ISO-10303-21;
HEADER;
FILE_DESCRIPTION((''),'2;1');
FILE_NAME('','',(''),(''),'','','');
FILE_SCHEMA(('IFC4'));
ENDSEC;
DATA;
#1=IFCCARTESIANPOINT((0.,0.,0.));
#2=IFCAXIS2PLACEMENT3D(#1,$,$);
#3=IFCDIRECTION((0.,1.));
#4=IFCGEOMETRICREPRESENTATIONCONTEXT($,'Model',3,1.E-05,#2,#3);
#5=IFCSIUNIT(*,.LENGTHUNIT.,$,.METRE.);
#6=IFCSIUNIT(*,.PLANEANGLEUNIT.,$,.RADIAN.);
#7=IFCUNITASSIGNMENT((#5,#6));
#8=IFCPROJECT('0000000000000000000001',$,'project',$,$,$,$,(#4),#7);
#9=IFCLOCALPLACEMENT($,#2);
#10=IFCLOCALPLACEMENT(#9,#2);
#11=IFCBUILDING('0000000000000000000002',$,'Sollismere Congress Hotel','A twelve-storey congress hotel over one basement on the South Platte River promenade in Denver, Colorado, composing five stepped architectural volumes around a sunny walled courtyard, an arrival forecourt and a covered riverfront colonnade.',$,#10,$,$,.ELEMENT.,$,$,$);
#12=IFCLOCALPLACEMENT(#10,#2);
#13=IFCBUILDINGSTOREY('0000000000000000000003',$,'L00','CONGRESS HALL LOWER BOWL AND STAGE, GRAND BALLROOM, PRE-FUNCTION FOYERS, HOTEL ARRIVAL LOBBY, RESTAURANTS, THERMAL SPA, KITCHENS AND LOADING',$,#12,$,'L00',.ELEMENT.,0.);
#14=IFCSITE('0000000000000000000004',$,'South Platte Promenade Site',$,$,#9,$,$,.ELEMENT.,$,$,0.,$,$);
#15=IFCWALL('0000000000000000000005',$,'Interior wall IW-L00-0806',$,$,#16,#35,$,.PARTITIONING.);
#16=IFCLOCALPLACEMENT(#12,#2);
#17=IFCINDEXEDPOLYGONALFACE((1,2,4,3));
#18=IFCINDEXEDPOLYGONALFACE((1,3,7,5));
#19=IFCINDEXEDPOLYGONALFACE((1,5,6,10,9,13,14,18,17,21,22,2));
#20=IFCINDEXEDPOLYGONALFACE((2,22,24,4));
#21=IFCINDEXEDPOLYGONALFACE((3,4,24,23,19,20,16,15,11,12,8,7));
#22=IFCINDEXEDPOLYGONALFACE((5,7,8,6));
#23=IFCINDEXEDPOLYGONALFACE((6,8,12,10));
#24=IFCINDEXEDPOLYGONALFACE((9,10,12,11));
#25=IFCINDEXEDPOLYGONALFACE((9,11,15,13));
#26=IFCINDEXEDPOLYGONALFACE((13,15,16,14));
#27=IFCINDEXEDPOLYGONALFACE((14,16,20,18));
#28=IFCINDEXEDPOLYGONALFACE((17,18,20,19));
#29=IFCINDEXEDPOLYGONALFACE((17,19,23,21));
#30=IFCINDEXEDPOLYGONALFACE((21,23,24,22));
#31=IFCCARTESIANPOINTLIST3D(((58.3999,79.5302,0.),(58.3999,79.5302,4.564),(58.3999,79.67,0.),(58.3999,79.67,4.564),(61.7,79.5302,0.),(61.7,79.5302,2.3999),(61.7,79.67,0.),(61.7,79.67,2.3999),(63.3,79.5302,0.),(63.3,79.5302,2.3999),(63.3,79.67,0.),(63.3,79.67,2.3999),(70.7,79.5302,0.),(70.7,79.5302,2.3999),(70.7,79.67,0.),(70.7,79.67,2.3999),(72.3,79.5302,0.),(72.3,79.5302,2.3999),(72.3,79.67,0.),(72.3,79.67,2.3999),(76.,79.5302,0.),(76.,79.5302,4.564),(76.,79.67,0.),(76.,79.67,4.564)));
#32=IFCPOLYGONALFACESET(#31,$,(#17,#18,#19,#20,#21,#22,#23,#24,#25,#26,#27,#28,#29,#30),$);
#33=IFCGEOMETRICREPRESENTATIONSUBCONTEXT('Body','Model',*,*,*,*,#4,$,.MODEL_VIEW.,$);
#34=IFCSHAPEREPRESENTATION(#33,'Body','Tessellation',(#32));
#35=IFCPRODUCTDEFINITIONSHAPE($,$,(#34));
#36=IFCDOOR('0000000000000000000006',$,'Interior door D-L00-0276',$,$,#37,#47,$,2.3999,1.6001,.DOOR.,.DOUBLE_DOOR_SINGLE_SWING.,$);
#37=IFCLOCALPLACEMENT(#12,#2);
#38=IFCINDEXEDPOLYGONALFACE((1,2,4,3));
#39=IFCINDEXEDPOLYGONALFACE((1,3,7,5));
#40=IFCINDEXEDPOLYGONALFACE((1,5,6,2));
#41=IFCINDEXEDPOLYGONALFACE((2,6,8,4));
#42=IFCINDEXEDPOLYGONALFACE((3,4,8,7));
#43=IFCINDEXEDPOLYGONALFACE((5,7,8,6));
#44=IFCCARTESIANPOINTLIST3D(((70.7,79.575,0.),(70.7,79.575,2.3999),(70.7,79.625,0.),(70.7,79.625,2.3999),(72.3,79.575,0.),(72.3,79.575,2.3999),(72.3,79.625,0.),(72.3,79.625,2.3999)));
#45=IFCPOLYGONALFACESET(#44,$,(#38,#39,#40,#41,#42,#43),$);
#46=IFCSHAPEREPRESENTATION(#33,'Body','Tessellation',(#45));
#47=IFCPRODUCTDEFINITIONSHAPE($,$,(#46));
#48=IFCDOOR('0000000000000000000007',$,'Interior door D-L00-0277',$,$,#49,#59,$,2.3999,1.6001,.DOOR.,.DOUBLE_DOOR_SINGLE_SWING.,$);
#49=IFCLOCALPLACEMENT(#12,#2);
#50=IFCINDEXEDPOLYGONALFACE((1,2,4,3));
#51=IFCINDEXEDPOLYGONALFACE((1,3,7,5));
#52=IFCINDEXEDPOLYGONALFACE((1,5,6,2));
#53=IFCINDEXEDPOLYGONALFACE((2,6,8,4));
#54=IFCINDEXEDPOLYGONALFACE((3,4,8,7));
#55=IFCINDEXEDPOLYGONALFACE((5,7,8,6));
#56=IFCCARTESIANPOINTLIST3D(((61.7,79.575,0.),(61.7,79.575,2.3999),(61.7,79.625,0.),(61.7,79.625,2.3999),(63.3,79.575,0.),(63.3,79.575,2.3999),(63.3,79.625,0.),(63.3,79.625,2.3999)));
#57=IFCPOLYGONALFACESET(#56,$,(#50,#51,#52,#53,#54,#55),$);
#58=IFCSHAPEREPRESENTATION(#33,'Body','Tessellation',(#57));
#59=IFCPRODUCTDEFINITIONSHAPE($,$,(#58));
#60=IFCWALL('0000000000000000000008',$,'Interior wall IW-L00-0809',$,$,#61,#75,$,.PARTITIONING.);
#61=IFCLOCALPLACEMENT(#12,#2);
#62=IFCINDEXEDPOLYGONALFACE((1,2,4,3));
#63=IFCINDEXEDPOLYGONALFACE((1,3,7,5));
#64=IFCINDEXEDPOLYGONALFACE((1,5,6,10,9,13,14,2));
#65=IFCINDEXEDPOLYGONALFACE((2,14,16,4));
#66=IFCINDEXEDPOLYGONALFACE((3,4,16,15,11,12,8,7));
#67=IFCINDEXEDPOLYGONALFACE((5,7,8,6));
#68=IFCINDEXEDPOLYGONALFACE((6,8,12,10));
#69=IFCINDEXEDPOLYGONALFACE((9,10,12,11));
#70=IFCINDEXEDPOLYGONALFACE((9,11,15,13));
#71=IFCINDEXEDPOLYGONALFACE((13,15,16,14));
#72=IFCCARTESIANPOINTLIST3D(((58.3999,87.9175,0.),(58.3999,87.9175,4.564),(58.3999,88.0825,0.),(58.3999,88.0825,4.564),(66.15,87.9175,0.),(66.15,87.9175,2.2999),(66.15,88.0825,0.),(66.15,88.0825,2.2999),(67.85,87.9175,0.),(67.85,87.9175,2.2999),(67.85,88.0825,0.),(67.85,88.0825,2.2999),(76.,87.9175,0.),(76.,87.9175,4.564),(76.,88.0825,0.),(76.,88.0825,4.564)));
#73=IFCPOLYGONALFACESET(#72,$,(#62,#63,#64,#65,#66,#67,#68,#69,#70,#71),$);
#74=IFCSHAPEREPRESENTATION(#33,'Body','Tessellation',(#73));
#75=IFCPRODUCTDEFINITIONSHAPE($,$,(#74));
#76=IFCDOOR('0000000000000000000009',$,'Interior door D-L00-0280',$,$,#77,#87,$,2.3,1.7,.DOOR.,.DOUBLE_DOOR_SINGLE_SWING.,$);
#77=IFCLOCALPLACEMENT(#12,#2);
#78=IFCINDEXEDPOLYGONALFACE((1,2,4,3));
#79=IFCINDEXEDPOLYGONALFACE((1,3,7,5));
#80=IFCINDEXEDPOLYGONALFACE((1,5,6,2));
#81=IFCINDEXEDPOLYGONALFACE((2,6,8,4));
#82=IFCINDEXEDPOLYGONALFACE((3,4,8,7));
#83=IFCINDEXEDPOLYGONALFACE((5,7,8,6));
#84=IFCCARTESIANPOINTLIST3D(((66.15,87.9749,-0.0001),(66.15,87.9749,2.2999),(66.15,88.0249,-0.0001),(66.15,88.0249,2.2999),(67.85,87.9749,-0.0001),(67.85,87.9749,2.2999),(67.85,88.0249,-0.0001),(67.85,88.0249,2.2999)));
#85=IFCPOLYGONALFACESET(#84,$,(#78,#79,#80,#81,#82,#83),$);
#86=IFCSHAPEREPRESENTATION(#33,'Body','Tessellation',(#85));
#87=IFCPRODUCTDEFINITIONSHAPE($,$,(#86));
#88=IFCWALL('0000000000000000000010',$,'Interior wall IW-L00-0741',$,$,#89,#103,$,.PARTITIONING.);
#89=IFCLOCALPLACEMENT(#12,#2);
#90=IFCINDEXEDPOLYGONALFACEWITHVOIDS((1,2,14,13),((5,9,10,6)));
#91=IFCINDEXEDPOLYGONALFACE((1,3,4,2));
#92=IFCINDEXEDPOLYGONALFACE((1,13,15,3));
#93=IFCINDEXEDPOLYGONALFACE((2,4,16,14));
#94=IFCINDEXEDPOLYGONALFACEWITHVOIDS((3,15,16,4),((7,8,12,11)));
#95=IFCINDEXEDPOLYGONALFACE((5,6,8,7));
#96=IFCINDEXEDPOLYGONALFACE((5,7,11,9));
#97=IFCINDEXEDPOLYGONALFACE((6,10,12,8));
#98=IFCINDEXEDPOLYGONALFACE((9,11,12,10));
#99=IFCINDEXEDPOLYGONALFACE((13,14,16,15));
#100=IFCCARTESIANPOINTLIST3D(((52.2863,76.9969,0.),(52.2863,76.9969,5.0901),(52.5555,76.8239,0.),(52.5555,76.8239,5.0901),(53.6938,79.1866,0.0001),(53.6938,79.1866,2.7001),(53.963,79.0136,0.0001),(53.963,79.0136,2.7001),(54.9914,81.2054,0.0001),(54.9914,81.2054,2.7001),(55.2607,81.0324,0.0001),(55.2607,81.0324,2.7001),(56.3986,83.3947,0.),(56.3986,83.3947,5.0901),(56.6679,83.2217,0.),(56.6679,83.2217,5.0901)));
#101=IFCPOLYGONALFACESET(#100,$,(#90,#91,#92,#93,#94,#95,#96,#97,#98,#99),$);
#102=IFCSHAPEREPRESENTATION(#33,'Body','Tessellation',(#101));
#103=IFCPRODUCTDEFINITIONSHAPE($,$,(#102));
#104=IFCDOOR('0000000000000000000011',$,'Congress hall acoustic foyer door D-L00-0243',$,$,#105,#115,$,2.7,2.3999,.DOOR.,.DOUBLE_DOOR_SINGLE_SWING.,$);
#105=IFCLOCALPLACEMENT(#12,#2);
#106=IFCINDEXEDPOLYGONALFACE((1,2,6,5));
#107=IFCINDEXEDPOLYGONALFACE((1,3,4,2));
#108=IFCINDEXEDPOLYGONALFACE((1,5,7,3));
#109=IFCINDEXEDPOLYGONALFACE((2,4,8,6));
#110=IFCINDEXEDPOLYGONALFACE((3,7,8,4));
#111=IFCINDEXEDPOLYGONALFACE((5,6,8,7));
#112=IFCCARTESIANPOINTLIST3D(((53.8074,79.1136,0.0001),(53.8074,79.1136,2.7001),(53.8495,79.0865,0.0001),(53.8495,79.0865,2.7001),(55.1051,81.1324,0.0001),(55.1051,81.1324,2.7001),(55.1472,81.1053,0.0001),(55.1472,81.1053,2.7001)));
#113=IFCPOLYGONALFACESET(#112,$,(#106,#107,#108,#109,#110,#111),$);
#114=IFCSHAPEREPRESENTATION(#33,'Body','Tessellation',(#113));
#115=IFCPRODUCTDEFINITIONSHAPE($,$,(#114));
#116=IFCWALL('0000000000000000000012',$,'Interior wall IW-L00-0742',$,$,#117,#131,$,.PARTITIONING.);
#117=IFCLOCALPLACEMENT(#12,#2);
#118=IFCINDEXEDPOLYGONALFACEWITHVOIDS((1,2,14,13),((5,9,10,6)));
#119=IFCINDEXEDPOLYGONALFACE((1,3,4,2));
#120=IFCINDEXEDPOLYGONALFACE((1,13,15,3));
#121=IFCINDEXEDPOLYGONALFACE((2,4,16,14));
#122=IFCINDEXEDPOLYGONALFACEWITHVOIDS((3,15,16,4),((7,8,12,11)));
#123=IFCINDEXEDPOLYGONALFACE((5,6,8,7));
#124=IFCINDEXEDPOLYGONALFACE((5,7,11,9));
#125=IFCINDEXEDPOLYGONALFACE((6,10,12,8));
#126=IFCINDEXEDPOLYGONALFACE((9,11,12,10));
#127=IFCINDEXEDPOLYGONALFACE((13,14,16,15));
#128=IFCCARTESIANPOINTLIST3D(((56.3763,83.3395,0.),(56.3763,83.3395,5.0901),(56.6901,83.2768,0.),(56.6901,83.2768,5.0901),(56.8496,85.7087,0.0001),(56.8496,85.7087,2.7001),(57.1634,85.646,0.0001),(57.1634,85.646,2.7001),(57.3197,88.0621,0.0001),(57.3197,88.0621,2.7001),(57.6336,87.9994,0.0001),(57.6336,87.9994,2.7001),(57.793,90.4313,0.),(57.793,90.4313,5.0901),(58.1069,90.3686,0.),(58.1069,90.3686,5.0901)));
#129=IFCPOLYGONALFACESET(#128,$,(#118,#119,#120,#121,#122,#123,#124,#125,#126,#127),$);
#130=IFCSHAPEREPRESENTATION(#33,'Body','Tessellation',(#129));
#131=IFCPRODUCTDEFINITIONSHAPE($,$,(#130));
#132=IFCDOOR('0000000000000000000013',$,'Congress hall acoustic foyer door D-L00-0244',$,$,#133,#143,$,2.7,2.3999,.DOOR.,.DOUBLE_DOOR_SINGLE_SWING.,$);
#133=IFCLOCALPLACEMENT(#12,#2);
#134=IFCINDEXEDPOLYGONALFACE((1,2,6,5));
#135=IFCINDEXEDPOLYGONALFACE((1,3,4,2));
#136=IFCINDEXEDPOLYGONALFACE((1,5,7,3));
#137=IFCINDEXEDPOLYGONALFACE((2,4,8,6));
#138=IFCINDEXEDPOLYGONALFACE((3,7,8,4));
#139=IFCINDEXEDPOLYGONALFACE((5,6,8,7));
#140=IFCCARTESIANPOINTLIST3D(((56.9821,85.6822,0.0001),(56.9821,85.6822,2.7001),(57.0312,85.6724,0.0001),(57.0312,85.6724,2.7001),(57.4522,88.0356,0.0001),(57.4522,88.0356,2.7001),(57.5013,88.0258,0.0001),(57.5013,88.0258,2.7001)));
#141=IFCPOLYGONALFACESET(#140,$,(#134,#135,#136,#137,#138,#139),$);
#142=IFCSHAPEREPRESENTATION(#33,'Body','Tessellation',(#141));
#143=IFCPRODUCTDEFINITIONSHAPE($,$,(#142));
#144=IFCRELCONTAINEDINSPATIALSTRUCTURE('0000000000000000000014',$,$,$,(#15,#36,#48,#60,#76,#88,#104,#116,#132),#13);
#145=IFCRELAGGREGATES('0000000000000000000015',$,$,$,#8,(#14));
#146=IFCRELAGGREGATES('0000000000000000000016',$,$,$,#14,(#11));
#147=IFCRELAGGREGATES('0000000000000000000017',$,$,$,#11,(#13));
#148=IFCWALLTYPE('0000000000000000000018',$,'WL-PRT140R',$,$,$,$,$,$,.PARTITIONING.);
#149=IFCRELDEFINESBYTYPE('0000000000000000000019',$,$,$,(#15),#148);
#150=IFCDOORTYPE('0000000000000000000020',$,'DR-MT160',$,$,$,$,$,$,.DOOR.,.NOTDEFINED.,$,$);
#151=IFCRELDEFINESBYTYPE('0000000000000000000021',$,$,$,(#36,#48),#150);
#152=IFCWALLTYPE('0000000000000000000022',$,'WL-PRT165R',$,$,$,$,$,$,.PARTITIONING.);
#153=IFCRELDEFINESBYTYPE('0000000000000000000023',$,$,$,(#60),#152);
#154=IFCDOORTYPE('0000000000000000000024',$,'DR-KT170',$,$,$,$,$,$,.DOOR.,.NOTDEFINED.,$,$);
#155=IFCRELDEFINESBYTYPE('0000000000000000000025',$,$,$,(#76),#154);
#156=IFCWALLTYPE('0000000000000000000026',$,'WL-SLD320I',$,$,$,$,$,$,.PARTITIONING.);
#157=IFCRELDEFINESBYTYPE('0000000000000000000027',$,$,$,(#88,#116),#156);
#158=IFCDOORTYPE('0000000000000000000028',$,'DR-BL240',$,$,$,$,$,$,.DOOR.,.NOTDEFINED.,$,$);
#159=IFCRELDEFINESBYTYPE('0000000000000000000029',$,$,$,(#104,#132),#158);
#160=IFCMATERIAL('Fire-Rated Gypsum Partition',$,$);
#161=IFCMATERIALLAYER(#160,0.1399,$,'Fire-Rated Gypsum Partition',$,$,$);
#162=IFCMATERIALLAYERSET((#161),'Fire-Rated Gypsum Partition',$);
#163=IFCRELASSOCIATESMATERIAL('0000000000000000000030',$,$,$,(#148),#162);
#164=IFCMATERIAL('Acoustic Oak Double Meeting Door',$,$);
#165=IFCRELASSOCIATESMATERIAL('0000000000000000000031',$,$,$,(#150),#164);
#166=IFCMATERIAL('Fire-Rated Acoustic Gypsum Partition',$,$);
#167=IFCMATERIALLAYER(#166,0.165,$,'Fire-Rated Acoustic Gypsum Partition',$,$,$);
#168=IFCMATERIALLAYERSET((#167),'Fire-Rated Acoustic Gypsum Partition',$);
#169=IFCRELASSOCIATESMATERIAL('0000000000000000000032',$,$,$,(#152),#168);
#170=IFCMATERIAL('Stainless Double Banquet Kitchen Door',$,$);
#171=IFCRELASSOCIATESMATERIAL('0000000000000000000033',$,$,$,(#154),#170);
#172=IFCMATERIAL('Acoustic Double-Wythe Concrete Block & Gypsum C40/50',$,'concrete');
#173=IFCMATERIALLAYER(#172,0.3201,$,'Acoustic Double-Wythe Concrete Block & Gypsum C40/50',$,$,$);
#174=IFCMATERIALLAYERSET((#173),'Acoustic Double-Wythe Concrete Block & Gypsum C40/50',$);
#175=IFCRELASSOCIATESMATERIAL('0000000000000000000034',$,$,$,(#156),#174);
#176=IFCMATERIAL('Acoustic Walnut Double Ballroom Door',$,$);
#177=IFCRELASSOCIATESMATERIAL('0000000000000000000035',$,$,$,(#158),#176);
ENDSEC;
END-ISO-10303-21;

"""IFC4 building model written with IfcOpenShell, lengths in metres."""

from ifc_helpers import new_model, si_unit, direction, frame, frame_2d, origin, place, context, subcontext, project, spatial, rectangle, extrude, material, layer, layer_set, type_object, element, fill, save


model = new_model("IFC4")

# Units and contexts
model_context = context("Model", 3, precision=1e-05, world=origin(), true_north=direction((0.0, 1.0)))
body_context = subcontext(model_context, "Body", "Model", "MODEL_VIEW")
ifc_project = project(units=[si_unit("LENGTHUNIT", "METRE"), si_unit("PLANEANGLEUNIT", "RADIAN")], contexts=[model_context])

# Site, building, storey
site_placement = place(None, origin())
site = spatial("IfcSite", under=ifc_project, at=site_placement, Name="South Platte Promenade Site", CompositionType="ELEMENT", RefElevation=0.0)
building_placement = place(site_placement, origin())
building = spatial("IfcBuilding", under=site, at=building_placement, Name="Sollismere Congress Hotel", Description="A twelve-storey congress hotel over one basement on the South Platte River promenade in Denver, Colorado, composing five stepped architectural volumes around a sunny walled courtyard, an arrival forecourt and a covered riverfront colonnade.", CompositionType="ELEMENT")
storey_placement = place(building_placement, origin())
storey = spatial("IfcBuildingStorey", under=building, at=storey_placement, Name="L00", Description="CONGRESS HALL LOWER BOWL AND STAGE, GRAND BALLROOM, PRE-FUNCTION FOYERS, HOTEL ARRIVAL LOBBY, RESTAURANTS, THERMAL SPA, KITCHENS AND LOADING", LongName="L00", CompositionType="ELEMENT", Elevation=0.0)

# Wall, openings, doors
ifc_material_1 = material(Name="Fire-Rated Gypsum Partition")
ifc_layer_1 = layer(ifc_material_1, 0.1399, Name="Fire-Rated Gypsum Partition")
ifc_layer_set_1 = layer_set([ifc_layer_1], Name="Fire-Rated Gypsum Partition")
wall_type_1 = type_object("IfcWallType", Name="WL-PRT140R", PredefinedType="PARTITIONING", material=ifc_layer_set_1)
wall_1_placement = place(storey_placement, frame((58.3999, 79.6001, 0.0), z_axis=(0.0, 0.0, 1.0), x_axis=(1.0, 0.0, 0.0)))
wall_1 = element("IfcWall", 1, at=wall_1_placement, inside=storey, type_object=wall_type_1, Name="Interior wall IW-L00-0806", PredefinedType="PARTITIONING", context=body_context, shape_type="SweptSolid", body=[
    extrude(rectangle(XDim=17.6001, YDim=0.1399, at=frame_2d((8.8, 0.0))), origin(), (0.0, 0.0, 1.0), 4.564),
])
opening_1_placement = place(wall_1_placement, frame((12.3, 0.0, 0.0)))
opening_1 = element("IfcOpeningElement", 2, at=opening_1_placement, cuts=wall_1, PredefinedType="OPENING", context=body_context, shape_type="SweptSolid", body=[
    extrude(rectangle(XDim=1.6001, YDim=2.3999, at=frame_2d((0.8, 1.2))), frame((0.0, 0.0798, 0.0), z_axis=(0.0, -1.0, 0.0), x_axis=(1.0, 0.0, 0.0)), (0.0, 0.0, 1.0), 0.1599),
])
opening_2_placement = place(wall_1_placement, frame((3.3, 0.0, 0.0)))
opening_2 = element("IfcOpeningElement", 3, at=opening_2_placement, cuts=wall_1, PredefinedType="OPENING", context=body_context, shape_type="SweptSolid", body=[
    extrude(rectangle(XDim=1.6001, YDim=2.3999, at=frame_2d((0.8, 1.2))), frame((0.0, 0.0798, 0.0), z_axis=(0.0, -1.0, 0.0), x_axis=(1.0, 0.0, 0.0)), (0.0, 0.0, 1.0), 0.1599),
])
ifc_material_2 = material(Name="Acoustic Oak Double Meeting Door")
door_type_1 = type_object("IfcDoorType", Name="DR-MT160", OperationType="NOTDEFINED", PredefinedType="DOOR", material=ifc_material_2)
door_1_placement = place(opening_1_placement, origin())
door_1 = element("IfcDoor", 4, at=door_1_placement, inside=storey, type_object=door_type_1, Name="Interior door D-L00-0276", OperationType="DOUBLE_DOOR_SINGLE_SWING", OverallHeight=2.3999, OverallWidth=1.6001, PredefinedType="DOOR", context=body_context, shape_type="SweptSolid", body=[
    extrude(rectangle(XDim=1.6001, YDim=2.3999, at=frame_2d((0.8, 1.2))), frame((0.0, 0.0249, 0.0), z_axis=(0.0, -1.0, 0.0), x_axis=(1.0, 0.0, 0.0)), (0.0, 0.0, 1.0), 0.05),
])
fill(opening_1, door_1)
door_2_placement = place(opening_2_placement, origin())
door_2 = element("IfcDoor", 5, at=door_2_placement, inside=storey, type_object=door_type_1, Name="Interior door D-L00-0277", OperationType="DOUBLE_DOOR_SINGLE_SWING", OverallHeight=2.3999, OverallWidth=1.6001, PredefinedType="DOOR", context=body_context, shape_type="SweptSolid", body=[
    extrude(rectangle(XDim=1.6001, YDim=2.3999, at=frame_2d((0.8, 1.2))), frame((0.0, 0.0249, 0.0), z_axis=(0.0, -1.0, 0.0), x_axis=(1.0, 0.0, 0.0)), (0.0, 0.0, 1.0), 0.05),
])
fill(opening_2, door_2)

# Walls, openings, doors
ifc_material_3 = material(Name="Fire-Rated Acoustic Gypsum Partition")
ifc_layer_2 = layer(ifc_material_3, 0.165, Name="Fire-Rated Acoustic Gypsum Partition")
ifc_layer_set_2 = layer_set([ifc_layer_2], Name="Fire-Rated Acoustic Gypsum Partition")
wall_type_2 = type_object("IfcWallType", Name="WL-PRT165R", PredefinedType="PARTITIONING", material=ifc_layer_set_2)
wall_2_placement = place(storey_placement, frame((58.3999, 88.0, 0.0), z_axis=(0.0, 0.0, 1.0), x_axis=(1.0, 0.0, 0.0)))
wall_2 = element("IfcWall", 6, at=wall_2_placement, inside=storey, type_object=wall_type_2, Name="Interior wall IW-L00-0809", PredefinedType="PARTITIONING", context=body_context, shape_type="SweptSolid", body=[
    extrude(rectangle(XDim=17.6001, YDim=0.165, at=frame_2d((8.8, 0.0))), origin(), (0.0, 0.0, 1.0), 4.564),
])
opening_3_placement = place(wall_2_placement, frame((7.75, 0.0, 0.0)))
opening_3 = element("IfcOpeningElement", 7, at=opening_3_placement, cuts=wall_2, PredefinedType="OPENING", context=body_context, shape_type="SweptSolid", body=[
    extrude(rectangle(XDim=1.7, YDim=2.3, at=frame_2d((0.8501, 1.1499))), frame((0.0, 0.0925, 0.0), z_axis=(0.0, -1.0, 0.0), x_axis=(1.0, 0.0, 0.0)), (0.0, 0.0, 1.0), 0.1851),
])
ifc_material_4 = material(Name="Stainless Double Banquet Kitchen Door")
door_type_2 = type_object("IfcDoorType", Name="DR-KT170", OperationType="NOTDEFINED", PredefinedType="DOOR", material=ifc_material_4)
door_3_placement = place(opening_3_placement, origin())
door_3 = element("IfcDoor", 8, at=door_3_placement, inside=storey, type_object=door_type_2, Name="Interior door D-L00-0280", OperationType="DOUBLE_DOOR_SINGLE_SWING", OverallHeight=2.3, OverallWidth=1.7, PredefinedType="DOOR", context=body_context, shape_type="SweptSolid", body=[
    extrude(rectangle(XDim=1.7, YDim=2.3, at=frame_2d((0.8501, 1.1499))), frame((0.0, 0.0249, 0.0), z_axis=(0.0, -1.0, 0.0), x_axis=(1.0, 0.0, 0.0)), (0.0, 0.0, 1.0), 0.05),
])
fill(opening_3, door_3)
ifc_material_5 = material(Name="Acoustic Double-Wythe Concrete Block & Gypsum C40/50", Category="concrete")
ifc_layer_3 = layer(ifc_material_5, 0.3201, Name="Acoustic Double-Wythe Concrete Block & Gypsum C40/50")
ifc_layer_set_3 = layer_set([ifc_layer_3], Name="Acoustic Double-Wythe Concrete Block & Gypsum C40/50")
wall_type_3 = type_object("IfcWallType", Name="WL-SLD320I", PredefinedType="PARTITIONING", material=ifc_layer_set_3)
wall_3_placement = place(storey_placement, frame((52.4209, 76.9104, 0.0), z_axis=(0.0, 0.0, 1.0), x_axis=(0.540711, 0.841209, 0.0)))
wall_3 = element("IfcWall", 9, at=wall_3_placement, inside=storey, type_object=wall_type_3, Name="Interior wall IW-L00-0741", PredefinedType="PARTITIONING", context=body_context, shape_type="SweptSolid", body=[
    extrude(rectangle(XDim=7.6055, YDim=0.3201, at=frame_2d((3.8027, 0.0))), origin(), (0.0, 0.0, 1.0), 5.0901),
])
opening_4_placement = place(wall_3_placement, frame((2.603, 0.0, 0.0)))
opening_4 = element("IfcOpeningElement", 10, at=opening_4_placement, cuts=wall_3, PredefinedType="OPENING", context=body_context, shape_type="SweptSolid", body=[
    extrude(rectangle(XDim=2.3999, YDim=2.7, at=frame_2d((1.2, 1.3501))), frame((0.0, 0.1699, 0.0), z_axis=(0.0, -1.0, 0.0), x_axis=(1.0, 0.0, 0.0)), (0.0, 0.0, 1.0), 0.3401),
])
ifc_material_6 = material(Name="Acoustic Walnut Double Ballroom Door")
door_type_3 = type_object("IfcDoorType", Name="DR-BL240", OperationType="NOTDEFINED", PredefinedType="DOOR", material=ifc_material_6)
door_4_placement = place(opening_4_placement, origin())
door_4 = element("IfcDoor", 11, at=door_4_placement, inside=storey, type_object=door_type_3, Name="Congress hall acoustic foyer door D-L00-0243", OperationType="DOUBLE_DOOR_SINGLE_SWING", OverallHeight=2.7, OverallWidth=2.3999, PredefinedType="DOOR", context=body_context, shape_type="SweptSolid", body=[
    extrude(rectangle(XDim=2.3999, YDim=2.7, at=frame_2d((1.2, 1.3501))), frame((0.0, 0.0249, 0.0), z_axis=(0.0, -1.0, 0.0), x_axis=(1.0, 0.0, 0.0)), (0.0, 0.0, 1.0), 0.05),
])
fill(opening_4, door_4)
wall_4_placement = place(storey_placement, frame((56.5332, 83.3081, 0.0), z_axis=(0.0, 0.0, 1.0), x_axis=(0.195902, 0.980623, 0.0)))
wall_4 = element("IfcWall", 12, at=wall_4_placement, inside=storey, type_object=wall_type_3, Name="Interior wall IW-L00-0742", PredefinedType="PARTITIONING", context=body_context, shape_type="SweptSolid", body=[
    extrude(rectangle(XDim=7.2319, YDim=0.3201, at=frame_2d((3.616, 0.0))), origin(), (0.0, 0.0, 1.0), 5.0901),
])
opening_5_placement = place(wall_4_placement, frame((2.416, 0.0, 0.0)))
opening_5 = element("IfcOpeningElement", 13, at=opening_5_placement, cuts=wall_4, PredefinedType="OPENING", context=body_context, shape_type="SweptSolid", body=[
    extrude(rectangle(XDim=2.3999, YDim=2.7, at=frame_2d((1.2, 1.3501))), frame((0.0, 0.1699, 0.0), z_axis=(0.0, -1.0, 0.0), x_axis=(1.0, 0.0, 0.0)), (0.0, 0.0, 1.0), 0.3401),
])
door_5_placement = place(opening_5_placement, origin())
door_5 = element("IfcDoor", 14, at=door_5_placement, inside=storey, type_object=door_type_3, Name="Congress hall acoustic foyer door D-L00-0244", OperationType="DOUBLE_DOOR_SINGLE_SWING", OverallHeight=2.7, OverallWidth=2.3999, PredefinedType="DOOR", context=body_context, shape_type="SweptSolid", body=[
    extrude(rectangle(XDim=2.3999, YDim=2.7, at=frame_2d((1.2, 1.3501))), frame((0.0, 0.0249, 0.0), z_axis=(0.0, -1.0, 0.0), x_axis=(1.0, 0.0, 0.0)), (0.0, 0.0, 1.0), 0.05),
])
fill(opening_5, door_5)

save(model, "model.ifc")
